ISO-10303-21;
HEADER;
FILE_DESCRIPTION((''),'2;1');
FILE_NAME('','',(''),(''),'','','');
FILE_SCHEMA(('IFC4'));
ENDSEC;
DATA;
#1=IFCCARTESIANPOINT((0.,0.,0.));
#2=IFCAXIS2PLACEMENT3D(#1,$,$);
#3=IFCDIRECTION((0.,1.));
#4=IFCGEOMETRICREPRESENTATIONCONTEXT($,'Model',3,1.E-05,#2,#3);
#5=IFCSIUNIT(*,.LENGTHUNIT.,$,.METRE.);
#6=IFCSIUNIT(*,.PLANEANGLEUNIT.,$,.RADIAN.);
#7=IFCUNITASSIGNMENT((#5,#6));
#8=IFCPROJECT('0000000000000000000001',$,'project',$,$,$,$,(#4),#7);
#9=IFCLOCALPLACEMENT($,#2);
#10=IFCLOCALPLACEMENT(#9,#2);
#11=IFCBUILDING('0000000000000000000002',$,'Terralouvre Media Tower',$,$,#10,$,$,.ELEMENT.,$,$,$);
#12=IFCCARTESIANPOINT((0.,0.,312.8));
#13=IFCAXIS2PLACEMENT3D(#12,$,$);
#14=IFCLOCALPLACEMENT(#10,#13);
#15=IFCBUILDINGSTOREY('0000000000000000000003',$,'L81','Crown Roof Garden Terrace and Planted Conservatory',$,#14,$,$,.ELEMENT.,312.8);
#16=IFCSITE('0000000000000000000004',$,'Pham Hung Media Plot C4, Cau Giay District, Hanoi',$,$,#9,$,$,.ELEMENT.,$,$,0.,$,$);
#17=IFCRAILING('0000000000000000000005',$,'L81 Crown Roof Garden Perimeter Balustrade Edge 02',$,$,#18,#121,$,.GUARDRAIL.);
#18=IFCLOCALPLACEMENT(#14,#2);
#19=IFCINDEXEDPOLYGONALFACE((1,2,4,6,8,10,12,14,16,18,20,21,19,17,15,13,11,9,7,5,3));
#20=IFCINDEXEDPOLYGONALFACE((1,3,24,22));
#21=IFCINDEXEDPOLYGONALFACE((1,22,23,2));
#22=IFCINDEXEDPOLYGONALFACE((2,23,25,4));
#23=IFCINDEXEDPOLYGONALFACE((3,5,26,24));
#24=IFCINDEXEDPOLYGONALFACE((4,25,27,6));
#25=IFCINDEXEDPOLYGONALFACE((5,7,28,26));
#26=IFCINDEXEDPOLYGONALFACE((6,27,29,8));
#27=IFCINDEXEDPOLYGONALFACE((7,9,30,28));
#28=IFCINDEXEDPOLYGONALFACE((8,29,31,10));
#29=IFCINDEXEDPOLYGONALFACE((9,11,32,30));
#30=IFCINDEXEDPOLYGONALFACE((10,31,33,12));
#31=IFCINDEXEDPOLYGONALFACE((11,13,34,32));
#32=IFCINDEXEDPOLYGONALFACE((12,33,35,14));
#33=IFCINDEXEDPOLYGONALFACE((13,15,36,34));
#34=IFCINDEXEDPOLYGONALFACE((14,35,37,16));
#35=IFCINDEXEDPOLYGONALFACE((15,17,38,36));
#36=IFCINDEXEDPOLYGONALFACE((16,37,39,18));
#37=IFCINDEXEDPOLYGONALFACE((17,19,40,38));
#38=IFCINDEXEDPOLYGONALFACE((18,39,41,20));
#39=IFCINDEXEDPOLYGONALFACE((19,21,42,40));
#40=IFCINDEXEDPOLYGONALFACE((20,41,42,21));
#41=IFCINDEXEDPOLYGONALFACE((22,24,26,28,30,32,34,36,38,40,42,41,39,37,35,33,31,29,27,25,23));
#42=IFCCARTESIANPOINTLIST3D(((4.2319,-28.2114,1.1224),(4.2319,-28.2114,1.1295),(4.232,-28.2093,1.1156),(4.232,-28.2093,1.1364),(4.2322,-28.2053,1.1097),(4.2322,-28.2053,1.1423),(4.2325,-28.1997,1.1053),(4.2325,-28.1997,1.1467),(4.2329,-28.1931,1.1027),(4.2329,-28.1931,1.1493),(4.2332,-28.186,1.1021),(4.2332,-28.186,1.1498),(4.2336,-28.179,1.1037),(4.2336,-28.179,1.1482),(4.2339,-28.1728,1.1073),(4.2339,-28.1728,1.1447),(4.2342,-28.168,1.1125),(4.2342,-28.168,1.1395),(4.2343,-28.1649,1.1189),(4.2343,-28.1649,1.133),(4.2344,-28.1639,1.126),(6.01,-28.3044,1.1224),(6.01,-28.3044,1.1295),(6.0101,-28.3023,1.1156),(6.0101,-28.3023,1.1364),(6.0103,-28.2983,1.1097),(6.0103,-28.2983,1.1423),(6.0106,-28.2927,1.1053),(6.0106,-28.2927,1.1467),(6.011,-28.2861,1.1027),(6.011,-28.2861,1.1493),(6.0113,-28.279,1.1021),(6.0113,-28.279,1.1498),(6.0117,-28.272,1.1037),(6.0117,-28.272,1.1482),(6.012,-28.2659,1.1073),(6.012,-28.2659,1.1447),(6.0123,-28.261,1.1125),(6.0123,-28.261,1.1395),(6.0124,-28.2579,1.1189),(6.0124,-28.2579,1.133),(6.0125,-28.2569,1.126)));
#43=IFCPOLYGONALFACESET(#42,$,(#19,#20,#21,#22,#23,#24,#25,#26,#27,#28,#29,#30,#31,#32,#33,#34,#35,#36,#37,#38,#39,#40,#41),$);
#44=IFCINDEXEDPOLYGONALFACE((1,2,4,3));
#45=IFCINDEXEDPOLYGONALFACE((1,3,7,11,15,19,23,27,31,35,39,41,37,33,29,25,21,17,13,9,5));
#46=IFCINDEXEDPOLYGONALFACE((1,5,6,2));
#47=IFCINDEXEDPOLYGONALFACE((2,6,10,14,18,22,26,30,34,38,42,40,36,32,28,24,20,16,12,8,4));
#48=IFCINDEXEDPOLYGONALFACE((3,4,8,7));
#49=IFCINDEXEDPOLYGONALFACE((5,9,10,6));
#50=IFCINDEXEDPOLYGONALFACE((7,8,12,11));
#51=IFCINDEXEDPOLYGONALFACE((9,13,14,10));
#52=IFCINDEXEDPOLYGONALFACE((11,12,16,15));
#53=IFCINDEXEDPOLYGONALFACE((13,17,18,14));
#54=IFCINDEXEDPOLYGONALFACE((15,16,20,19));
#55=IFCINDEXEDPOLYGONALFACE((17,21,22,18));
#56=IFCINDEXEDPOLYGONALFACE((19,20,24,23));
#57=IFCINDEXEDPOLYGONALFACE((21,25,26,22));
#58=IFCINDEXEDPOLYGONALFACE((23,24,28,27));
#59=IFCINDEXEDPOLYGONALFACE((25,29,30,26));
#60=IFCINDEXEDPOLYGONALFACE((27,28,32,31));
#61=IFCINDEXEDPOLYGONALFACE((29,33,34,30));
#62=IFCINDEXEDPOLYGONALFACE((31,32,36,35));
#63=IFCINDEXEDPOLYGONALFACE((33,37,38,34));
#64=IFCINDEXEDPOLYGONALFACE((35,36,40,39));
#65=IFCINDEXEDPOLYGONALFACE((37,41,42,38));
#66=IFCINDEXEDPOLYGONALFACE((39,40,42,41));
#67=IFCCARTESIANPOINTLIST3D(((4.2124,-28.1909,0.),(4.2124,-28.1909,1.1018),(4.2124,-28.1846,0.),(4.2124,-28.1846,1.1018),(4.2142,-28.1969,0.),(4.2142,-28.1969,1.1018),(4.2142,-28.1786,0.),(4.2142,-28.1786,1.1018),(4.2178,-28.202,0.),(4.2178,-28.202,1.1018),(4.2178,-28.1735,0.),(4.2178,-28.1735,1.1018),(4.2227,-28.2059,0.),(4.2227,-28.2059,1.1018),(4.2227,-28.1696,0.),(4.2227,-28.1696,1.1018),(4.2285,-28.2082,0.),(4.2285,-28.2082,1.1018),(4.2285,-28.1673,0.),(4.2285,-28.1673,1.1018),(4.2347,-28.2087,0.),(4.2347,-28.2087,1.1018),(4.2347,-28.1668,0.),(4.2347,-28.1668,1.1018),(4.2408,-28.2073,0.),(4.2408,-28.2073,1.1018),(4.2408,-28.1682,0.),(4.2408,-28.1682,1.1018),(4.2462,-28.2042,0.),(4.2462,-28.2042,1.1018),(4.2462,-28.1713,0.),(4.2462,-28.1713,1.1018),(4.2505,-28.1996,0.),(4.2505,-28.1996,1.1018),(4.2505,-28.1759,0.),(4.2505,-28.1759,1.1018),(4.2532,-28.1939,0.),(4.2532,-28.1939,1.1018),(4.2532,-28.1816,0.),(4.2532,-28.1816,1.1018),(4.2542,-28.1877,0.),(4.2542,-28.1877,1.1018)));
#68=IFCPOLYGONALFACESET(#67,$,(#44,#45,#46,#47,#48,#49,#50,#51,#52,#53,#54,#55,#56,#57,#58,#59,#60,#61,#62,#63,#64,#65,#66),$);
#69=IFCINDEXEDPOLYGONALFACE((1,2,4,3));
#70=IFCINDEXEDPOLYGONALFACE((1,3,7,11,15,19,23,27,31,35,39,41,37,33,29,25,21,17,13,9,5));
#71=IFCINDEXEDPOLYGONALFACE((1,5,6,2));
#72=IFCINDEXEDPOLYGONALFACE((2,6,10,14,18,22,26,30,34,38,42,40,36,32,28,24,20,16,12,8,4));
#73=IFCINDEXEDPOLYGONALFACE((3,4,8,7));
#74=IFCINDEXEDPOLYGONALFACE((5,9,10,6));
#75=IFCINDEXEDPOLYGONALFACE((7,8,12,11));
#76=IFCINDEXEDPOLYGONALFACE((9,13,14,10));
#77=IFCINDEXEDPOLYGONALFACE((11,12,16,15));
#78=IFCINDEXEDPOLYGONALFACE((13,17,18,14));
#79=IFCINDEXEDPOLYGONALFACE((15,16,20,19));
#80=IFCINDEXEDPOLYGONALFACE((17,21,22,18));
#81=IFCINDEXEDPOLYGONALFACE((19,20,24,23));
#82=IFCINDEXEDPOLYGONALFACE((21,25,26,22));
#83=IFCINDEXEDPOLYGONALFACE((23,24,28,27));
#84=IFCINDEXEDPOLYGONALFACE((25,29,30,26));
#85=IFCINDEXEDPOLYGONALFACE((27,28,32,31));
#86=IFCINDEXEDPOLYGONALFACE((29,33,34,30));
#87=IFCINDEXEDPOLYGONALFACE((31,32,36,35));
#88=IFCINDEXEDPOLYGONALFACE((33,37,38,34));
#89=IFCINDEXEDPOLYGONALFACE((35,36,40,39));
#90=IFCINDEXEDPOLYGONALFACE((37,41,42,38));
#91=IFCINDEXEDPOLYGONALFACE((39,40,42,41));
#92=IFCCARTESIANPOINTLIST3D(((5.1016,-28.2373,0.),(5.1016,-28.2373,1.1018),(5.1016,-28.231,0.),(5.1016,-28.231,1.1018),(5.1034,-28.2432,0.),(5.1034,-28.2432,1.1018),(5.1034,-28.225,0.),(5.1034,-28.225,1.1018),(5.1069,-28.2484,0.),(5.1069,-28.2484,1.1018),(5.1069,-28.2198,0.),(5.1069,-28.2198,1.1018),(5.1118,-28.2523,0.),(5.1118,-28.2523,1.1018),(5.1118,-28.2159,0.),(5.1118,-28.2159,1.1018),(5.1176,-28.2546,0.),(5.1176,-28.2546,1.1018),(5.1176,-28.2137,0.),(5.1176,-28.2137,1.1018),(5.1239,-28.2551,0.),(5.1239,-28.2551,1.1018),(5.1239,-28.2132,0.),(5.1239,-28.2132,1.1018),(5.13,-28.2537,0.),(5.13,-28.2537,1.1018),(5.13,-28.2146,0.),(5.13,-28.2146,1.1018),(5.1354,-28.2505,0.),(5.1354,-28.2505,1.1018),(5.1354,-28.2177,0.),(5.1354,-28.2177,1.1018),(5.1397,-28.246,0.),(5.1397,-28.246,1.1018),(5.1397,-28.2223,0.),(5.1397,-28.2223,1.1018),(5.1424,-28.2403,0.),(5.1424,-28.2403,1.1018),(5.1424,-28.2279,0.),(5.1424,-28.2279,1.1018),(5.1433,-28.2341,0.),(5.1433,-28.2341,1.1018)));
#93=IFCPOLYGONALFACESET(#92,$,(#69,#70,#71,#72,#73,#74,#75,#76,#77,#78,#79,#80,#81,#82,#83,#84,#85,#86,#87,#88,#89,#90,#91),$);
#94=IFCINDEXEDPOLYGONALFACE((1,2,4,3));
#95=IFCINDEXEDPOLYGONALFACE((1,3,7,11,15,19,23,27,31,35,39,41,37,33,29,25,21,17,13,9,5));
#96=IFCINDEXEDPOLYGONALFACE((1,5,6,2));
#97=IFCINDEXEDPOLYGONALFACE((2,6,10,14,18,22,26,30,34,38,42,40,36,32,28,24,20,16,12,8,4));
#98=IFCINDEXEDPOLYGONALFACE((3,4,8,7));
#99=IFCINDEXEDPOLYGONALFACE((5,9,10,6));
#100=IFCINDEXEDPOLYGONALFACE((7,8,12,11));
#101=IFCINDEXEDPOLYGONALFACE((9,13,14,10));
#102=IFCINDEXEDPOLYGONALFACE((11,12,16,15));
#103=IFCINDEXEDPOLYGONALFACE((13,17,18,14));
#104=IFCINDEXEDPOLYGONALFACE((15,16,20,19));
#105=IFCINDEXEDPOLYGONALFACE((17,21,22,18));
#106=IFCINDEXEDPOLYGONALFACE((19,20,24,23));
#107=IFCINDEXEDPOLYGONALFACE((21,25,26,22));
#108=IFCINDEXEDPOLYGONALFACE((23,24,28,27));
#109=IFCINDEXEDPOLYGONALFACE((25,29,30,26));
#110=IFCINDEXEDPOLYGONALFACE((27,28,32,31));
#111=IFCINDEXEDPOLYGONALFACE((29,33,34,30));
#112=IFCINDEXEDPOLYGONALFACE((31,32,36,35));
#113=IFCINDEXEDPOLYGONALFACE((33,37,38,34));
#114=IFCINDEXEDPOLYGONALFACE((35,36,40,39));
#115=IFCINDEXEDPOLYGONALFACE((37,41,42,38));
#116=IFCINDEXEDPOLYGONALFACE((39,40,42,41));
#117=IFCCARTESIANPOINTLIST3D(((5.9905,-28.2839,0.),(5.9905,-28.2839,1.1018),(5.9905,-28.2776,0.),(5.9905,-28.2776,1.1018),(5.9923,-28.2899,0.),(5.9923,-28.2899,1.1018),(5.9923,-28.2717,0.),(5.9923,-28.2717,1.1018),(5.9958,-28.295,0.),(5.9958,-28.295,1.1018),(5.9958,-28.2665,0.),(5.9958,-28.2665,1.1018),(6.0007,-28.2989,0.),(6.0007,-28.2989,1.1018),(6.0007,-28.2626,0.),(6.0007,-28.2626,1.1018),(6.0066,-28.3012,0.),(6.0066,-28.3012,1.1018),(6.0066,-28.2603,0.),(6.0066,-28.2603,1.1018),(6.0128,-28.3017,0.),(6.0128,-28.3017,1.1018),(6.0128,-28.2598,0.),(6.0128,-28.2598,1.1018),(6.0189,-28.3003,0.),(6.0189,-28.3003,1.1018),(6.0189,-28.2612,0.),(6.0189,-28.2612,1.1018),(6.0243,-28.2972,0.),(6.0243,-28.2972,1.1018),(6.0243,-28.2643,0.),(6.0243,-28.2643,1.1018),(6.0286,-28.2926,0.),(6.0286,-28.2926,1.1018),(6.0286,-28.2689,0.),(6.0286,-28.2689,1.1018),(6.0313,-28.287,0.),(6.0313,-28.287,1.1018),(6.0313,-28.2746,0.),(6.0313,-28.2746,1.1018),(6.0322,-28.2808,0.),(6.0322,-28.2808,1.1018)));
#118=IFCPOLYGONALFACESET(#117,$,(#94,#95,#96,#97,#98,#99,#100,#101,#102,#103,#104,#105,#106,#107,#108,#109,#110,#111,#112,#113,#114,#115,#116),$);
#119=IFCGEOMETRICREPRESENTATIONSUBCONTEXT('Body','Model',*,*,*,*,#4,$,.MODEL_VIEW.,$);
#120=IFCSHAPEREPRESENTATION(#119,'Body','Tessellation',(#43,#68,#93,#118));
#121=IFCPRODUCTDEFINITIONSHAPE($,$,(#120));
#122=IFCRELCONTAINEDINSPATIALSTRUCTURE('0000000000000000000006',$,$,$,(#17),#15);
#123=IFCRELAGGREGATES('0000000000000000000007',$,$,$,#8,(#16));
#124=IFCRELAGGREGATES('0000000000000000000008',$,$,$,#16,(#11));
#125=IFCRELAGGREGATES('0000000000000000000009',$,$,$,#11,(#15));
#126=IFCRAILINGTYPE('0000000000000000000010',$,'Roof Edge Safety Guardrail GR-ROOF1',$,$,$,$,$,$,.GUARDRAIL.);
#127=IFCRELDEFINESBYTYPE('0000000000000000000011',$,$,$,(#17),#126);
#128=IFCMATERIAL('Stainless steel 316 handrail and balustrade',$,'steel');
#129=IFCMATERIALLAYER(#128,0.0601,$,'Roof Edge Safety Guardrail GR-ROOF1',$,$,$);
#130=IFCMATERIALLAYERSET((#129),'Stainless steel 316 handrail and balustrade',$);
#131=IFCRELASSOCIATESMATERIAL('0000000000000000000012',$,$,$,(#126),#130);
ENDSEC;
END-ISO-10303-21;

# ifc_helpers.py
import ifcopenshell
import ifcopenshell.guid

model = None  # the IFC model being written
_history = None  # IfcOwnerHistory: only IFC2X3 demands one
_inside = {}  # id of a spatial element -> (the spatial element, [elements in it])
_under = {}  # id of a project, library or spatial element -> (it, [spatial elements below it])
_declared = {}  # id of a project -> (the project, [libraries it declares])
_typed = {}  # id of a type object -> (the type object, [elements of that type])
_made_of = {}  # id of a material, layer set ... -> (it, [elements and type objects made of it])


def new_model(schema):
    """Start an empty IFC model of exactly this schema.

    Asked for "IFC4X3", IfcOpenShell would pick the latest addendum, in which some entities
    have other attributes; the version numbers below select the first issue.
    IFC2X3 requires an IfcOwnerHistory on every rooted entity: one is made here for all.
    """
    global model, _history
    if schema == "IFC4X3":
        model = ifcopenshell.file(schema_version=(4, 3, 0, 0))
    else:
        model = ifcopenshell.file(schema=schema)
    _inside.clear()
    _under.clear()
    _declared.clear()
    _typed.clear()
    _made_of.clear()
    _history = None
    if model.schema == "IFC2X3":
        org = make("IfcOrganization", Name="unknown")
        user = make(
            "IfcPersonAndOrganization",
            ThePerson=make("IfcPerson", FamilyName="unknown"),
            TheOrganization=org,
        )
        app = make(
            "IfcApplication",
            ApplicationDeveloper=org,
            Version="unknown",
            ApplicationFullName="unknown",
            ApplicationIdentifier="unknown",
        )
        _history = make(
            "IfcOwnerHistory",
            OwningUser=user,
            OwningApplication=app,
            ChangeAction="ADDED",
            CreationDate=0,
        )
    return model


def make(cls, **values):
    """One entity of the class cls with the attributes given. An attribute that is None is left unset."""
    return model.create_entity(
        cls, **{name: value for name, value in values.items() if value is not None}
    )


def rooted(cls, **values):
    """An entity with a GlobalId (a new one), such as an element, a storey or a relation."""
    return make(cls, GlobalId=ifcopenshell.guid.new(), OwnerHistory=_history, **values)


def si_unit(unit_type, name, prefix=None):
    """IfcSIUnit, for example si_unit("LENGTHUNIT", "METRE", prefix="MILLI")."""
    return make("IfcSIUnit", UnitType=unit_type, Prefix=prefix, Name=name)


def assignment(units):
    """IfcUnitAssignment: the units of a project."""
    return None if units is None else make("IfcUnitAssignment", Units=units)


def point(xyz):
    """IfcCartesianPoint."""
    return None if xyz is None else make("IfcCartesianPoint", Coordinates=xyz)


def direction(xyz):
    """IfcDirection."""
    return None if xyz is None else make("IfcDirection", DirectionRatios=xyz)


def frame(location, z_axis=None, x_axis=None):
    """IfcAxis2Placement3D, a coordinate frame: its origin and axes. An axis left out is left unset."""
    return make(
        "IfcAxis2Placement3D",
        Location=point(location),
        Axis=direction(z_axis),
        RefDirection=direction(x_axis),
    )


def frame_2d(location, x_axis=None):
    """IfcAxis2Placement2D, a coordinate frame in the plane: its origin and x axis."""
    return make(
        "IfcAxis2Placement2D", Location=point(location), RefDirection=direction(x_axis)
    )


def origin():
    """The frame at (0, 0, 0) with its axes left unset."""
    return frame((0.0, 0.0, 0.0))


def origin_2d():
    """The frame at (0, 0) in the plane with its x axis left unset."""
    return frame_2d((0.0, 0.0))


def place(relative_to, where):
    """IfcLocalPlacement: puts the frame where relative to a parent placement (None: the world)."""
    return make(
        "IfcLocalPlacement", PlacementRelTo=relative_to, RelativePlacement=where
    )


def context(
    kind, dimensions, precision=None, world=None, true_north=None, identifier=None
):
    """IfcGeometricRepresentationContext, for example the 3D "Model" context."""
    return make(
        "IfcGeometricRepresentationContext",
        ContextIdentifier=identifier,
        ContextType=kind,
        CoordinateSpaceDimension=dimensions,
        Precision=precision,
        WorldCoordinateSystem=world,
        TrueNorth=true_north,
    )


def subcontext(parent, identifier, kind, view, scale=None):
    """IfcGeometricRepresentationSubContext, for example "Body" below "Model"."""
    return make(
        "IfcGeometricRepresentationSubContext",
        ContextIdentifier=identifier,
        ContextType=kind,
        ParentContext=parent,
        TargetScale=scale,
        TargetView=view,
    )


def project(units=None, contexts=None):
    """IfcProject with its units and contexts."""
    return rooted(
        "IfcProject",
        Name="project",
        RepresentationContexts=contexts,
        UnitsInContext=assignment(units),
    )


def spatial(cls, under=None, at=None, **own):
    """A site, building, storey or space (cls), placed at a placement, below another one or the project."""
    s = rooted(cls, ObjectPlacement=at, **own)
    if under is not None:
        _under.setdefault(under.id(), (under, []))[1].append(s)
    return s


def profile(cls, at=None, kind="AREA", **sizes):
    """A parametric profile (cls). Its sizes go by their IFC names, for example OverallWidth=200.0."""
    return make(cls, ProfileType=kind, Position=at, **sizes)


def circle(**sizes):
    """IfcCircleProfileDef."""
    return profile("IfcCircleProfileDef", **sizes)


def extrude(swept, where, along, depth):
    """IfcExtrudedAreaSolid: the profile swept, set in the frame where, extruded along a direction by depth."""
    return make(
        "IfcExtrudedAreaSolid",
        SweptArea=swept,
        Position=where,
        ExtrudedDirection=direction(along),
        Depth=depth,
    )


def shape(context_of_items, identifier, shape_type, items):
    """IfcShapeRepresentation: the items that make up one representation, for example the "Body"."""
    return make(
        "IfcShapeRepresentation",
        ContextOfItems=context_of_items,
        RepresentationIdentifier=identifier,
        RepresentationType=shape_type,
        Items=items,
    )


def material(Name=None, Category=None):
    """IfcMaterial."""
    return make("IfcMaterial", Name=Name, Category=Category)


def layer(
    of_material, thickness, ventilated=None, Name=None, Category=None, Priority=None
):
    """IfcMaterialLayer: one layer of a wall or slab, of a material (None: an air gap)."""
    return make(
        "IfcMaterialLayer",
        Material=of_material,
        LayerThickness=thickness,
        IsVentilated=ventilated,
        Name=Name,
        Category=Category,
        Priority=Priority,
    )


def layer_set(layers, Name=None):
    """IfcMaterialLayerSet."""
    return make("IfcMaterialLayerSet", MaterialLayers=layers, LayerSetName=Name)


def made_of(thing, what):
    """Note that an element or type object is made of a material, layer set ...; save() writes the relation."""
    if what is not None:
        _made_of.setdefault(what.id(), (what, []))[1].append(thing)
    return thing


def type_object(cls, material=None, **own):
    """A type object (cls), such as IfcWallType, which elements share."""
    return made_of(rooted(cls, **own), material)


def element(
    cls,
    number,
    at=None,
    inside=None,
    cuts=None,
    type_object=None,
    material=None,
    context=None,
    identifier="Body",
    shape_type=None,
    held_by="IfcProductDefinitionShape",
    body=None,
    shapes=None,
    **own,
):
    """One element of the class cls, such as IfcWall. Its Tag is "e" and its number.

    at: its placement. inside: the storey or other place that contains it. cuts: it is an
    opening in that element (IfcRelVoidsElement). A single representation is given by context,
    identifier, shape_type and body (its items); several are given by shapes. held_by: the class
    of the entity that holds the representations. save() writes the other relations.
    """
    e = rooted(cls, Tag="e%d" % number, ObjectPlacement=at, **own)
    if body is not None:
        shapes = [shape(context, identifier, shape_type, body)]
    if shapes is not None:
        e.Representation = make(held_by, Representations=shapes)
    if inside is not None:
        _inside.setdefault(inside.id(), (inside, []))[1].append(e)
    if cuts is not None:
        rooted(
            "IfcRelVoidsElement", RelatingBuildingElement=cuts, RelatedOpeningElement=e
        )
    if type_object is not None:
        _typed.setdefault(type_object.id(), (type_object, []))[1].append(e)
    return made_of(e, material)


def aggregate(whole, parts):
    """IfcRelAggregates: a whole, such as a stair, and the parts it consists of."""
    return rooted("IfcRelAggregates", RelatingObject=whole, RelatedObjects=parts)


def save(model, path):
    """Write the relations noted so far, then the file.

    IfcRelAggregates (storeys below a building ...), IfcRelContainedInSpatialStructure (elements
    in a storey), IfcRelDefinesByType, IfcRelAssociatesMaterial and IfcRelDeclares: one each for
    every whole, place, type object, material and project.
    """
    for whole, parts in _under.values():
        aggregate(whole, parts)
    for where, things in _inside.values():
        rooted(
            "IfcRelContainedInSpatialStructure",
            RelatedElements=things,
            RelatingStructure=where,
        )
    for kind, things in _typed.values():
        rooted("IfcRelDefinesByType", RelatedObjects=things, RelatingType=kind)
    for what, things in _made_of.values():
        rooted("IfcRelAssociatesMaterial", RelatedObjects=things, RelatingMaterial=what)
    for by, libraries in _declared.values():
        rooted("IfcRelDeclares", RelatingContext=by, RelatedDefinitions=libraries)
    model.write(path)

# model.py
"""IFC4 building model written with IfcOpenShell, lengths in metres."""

from ifc_helpers import new_model, si_unit, direction, frame, origin, origin_2d, place, context, subcontext, project, spatial, circle, extrude, material, layer, layer_set, type_object, element, save


model = new_model("IFC4")

# Units and contexts
model_context = context("Model", 3, precision=1e-05, world=origin(), true_north=direction((0.0, 1.0)))
body_context = subcontext(model_context, "Body", "Model", "MODEL_VIEW")
ifc_project = project(units=[si_unit("LENGTHUNIT", "METRE"), si_unit("PLANEANGLEUNIT", "RADIAN")], contexts=[model_context])

# Site, building, storey
site_placement = place(None, origin())
site = spatial("IfcSite", under=ifc_project, at=site_placement, Name="Pham Hung Media Plot C4, Cau Giay District, Hanoi", CompositionType="ELEMENT", RefElevation=0.0)
building_placement = place(site_placement, origin())
building = spatial("IfcBuilding", under=site, at=building_placement, Name="Terralouvre Media Tower", CompositionType="ELEMENT")
storey_placement = place(building_placement, frame((0.0, 0.0, 312.8)))
storey = spatial("IfcBuildingStorey", under=building, at=storey_placement, Name="L81", Description="Crown Roof Garden Terrace and Planted Conservatory", CompositionType="ELEMENT", Elevation=312.8)

# Railing
ifc_material_1 = material(Name="Stainless steel 316 handrail and balustrade", Category="steel")
ifc_layer_1 = layer(ifc_material_1, 0.0601, Name="Roof Edge Safety Guardrail GR-ROOF1")
ifc_layer_set_1 = layer_set([ifc_layer_1], Name="Stainless steel 316 handrail and balustrade")
railing_type = type_object("IfcRailingType", Name="Roof Edge Safety Guardrail GR-ROOF1", PredefinedType="GUARDRAIL", material=ifc_layer_set_1)
railing_1_placement = place(storey_placement, frame((4.2332, -28.1877, 0.0)))
element("IfcRailing", 1, at=railing_1_placement, inside=storey, type_object=railing_type, Name="L81 Crown Roof Garden Perimeter Balustrade Edge 02", PredefinedType="GUARDRAIL", context=body_context, shape_type="SweptSolid", body=[
    extrude(circle(Radius=0.0239, at=origin_2d()), frame((0.0, 0.0, 1.126), z_axis=(0.998634, -0.052242, 0.0), x_axis=(0.052242, 0.998634, 0.0)), (0.0, 0.0, 1.0), 1.7805),
    extrude(circle(Radius=0.021, at=origin_2d()), origin(), (0.0, 0.0, 1.0), 1.1018),
    extrude(circle(Radius=0.021, at=origin_2d()), frame((0.8892, -0.0464, 0.0)), (0.0, 0.0, 1.0), 1.1018),
    extrude(circle(Radius=0.021, at=origin_2d()), frame((1.7781, -0.093, 0.0)), (0.0, 0.0, 1.0), 1.1018),
])

save(model, "model.ifc")
